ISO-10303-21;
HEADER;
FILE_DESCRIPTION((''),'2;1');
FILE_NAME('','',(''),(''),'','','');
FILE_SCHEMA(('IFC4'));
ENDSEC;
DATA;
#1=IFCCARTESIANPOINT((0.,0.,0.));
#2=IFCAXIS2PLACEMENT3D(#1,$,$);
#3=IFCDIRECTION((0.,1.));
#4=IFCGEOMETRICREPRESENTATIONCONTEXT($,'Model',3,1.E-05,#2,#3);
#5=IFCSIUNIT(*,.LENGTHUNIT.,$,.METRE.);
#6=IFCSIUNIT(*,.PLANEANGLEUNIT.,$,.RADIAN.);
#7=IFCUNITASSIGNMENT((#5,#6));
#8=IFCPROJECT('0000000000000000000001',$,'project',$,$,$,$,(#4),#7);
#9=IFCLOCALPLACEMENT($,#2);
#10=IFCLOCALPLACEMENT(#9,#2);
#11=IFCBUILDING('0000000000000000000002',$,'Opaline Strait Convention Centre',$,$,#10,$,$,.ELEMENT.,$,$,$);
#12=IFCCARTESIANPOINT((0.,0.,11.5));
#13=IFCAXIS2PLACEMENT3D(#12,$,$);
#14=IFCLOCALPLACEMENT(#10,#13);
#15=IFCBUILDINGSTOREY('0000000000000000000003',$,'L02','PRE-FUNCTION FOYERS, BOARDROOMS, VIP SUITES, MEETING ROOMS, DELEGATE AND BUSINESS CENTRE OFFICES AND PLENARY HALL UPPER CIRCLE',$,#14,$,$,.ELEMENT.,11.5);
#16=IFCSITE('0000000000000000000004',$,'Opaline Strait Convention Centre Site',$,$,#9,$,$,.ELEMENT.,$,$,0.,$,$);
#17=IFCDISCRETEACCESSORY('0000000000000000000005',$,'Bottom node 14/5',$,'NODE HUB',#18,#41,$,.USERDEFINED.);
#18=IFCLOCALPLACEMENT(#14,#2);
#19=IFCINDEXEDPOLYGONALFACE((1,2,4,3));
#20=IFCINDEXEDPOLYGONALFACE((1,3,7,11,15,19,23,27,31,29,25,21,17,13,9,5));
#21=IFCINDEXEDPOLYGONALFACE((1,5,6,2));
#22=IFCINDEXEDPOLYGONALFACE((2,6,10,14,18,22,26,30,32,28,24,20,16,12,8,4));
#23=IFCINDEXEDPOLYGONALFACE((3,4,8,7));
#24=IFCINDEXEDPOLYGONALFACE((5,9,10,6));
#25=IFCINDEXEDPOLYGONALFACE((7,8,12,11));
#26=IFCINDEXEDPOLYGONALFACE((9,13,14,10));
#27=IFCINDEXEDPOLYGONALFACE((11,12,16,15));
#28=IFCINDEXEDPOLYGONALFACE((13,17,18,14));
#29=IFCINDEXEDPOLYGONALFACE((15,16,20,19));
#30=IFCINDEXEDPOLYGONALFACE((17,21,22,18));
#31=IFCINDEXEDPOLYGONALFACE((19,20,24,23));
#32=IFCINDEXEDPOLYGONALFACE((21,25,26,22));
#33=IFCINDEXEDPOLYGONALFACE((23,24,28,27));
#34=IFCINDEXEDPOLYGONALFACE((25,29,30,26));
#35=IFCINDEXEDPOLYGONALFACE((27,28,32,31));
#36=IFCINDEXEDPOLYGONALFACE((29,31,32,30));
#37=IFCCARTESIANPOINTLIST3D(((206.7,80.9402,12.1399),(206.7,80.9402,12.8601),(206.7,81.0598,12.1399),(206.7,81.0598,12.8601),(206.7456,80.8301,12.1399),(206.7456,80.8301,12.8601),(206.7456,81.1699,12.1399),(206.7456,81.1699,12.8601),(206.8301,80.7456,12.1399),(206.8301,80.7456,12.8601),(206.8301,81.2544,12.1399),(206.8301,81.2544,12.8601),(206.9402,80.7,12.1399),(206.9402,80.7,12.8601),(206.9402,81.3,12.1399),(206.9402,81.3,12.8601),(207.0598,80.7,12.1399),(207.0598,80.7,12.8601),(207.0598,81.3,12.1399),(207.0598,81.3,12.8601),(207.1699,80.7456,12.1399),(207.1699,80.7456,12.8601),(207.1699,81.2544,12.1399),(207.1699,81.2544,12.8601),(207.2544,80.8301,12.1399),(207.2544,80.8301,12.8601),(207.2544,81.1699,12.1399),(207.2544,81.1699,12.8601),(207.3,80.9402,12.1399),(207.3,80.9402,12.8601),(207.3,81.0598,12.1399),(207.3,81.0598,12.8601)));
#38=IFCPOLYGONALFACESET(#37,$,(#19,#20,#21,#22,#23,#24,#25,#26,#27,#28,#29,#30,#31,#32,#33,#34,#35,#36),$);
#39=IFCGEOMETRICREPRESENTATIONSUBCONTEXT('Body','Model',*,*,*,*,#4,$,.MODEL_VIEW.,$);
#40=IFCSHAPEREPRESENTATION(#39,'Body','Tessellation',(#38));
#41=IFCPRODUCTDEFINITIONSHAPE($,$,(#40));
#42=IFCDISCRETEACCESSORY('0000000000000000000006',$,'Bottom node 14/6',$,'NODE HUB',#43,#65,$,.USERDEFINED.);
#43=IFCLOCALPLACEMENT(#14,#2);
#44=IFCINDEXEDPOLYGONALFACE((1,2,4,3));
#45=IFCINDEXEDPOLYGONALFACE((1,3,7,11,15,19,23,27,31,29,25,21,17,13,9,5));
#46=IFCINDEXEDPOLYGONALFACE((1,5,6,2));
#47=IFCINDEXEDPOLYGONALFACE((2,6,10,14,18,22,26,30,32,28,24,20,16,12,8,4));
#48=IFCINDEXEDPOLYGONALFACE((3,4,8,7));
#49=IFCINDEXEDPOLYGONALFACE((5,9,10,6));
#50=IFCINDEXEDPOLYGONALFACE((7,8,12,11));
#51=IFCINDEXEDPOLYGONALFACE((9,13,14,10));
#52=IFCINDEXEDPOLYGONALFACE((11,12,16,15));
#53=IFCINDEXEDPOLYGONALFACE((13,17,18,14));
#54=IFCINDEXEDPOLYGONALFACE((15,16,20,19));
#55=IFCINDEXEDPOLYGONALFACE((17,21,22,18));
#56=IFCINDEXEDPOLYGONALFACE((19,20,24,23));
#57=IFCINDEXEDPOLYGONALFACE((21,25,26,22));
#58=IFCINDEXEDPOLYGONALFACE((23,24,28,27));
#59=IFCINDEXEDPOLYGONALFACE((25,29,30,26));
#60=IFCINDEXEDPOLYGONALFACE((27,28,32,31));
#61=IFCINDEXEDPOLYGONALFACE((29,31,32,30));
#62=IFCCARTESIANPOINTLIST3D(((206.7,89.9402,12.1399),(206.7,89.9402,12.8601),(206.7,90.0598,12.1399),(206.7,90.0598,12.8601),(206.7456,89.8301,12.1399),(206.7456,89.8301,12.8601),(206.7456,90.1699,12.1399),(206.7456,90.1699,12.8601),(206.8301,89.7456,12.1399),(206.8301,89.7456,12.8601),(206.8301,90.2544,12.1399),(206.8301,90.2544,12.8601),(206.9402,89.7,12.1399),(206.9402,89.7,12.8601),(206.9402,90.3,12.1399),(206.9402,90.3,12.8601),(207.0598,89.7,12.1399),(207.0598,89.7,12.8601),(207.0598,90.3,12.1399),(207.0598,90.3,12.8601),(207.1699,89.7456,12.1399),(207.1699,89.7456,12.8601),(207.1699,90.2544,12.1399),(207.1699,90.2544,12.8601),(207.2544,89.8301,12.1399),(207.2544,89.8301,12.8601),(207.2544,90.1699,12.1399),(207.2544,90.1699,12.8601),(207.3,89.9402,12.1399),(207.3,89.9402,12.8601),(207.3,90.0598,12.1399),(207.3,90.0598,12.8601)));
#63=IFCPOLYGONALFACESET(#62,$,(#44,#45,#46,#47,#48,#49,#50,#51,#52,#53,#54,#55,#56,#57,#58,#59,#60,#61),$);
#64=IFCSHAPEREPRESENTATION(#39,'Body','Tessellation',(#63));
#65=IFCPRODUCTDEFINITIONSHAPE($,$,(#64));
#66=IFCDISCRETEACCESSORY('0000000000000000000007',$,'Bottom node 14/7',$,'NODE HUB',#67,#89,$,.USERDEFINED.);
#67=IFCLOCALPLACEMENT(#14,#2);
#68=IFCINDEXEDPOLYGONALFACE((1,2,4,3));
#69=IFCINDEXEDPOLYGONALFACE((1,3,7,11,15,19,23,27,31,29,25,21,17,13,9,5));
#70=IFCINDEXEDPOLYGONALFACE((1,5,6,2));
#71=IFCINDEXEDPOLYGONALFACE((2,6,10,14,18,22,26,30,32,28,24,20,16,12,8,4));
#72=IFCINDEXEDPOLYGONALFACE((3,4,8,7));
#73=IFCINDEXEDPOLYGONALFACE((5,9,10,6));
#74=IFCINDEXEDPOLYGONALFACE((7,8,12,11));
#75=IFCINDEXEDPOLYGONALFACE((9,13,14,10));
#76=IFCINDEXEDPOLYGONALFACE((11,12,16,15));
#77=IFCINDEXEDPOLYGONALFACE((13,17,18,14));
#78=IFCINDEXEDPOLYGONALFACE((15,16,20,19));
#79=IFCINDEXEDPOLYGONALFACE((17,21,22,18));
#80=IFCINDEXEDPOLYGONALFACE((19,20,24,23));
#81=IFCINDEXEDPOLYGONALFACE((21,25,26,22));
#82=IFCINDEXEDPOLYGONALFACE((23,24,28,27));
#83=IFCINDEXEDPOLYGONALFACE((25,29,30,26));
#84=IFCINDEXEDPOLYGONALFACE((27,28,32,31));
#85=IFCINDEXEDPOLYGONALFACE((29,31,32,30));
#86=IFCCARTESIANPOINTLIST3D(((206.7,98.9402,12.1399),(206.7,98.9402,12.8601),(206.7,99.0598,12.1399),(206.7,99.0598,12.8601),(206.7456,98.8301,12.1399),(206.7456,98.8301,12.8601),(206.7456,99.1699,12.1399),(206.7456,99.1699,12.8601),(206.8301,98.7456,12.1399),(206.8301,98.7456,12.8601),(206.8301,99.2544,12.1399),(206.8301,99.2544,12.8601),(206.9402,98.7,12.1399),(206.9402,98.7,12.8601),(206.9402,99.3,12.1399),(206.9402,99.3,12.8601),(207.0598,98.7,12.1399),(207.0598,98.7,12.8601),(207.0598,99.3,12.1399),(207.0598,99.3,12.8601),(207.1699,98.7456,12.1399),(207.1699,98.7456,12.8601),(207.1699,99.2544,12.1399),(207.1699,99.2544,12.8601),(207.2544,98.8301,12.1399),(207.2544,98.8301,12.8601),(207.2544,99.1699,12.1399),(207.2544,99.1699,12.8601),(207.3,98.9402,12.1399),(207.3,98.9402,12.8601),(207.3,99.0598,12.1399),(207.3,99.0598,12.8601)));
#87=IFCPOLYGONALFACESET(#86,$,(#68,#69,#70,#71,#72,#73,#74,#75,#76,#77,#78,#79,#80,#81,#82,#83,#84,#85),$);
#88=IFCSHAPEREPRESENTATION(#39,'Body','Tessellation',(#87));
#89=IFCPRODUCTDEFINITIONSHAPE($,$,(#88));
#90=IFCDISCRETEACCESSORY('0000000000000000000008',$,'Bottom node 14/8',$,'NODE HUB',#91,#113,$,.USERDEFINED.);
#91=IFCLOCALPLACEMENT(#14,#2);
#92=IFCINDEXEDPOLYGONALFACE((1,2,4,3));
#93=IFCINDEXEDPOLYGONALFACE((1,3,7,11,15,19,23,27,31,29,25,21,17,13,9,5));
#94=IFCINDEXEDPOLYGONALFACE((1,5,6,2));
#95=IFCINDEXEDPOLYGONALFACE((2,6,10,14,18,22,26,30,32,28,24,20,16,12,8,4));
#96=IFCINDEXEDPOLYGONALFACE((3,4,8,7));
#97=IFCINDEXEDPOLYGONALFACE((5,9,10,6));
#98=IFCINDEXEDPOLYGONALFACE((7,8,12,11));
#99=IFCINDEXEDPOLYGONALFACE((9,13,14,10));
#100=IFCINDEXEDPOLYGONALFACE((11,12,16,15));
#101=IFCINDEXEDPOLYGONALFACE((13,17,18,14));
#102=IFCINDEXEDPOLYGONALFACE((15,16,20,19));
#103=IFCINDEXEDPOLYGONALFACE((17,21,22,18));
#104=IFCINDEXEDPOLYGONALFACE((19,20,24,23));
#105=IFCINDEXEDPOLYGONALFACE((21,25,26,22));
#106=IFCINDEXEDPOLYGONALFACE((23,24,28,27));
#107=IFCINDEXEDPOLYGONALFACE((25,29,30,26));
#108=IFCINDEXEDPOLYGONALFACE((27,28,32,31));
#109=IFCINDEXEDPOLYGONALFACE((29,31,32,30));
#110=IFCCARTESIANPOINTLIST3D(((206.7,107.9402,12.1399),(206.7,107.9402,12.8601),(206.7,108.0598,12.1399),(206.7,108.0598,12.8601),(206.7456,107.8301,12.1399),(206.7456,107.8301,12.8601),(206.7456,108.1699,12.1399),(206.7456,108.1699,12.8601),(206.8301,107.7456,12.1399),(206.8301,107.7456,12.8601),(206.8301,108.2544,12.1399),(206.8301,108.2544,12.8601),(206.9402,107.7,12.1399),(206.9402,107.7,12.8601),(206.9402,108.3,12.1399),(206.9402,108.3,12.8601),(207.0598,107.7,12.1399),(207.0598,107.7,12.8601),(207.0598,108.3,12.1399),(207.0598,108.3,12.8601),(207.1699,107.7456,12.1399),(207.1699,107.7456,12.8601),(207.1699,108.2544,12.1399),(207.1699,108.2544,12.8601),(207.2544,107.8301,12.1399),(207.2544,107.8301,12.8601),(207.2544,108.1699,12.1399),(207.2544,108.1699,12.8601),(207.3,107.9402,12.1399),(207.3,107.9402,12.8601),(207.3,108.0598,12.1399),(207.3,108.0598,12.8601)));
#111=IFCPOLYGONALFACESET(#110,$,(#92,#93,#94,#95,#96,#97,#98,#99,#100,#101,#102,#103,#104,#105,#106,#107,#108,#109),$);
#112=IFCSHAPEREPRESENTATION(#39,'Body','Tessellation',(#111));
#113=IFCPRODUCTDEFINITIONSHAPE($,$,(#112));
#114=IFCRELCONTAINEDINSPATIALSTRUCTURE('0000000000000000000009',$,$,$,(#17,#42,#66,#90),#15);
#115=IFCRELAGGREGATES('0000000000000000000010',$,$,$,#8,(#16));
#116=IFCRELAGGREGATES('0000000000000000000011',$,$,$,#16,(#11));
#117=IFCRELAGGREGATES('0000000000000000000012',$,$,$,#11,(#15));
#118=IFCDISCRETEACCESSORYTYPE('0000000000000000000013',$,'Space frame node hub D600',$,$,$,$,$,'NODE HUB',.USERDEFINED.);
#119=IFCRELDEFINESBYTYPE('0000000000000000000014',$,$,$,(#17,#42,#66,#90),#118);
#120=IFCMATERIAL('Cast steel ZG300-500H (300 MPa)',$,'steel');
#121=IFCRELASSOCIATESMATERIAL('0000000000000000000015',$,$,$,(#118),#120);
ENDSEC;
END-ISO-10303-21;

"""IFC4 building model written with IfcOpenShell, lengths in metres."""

from ifc_helpers import new_model, si_unit, direction, frame, origin, place, context, subcontext, project, spatial, polyline, outline, extrude, material, type_object, element, save


model = new_model("IFC4")

# Units and contexts
model_context = context("Model", 3, precision=1e-05, world=origin(), true_north=direction((0.0, 1.0)))
body_context = subcontext(model_context, "Body", "Model", "MODEL_VIEW")
ifc_project = project(units=[si_unit("LENGTHUNIT", "METRE"), si_unit("PLANEANGLEUNIT", "RADIAN")], contexts=[model_context])

# Site, building, storey
site_placement = place(None, origin())
site = spatial("IfcSite", under=ifc_project, at=site_placement, Name="Opaline Strait Convention Centre Site", CompositionType="ELEMENT", RefElevation=0.0)
building_placement = place(site_placement, origin())
building = spatial("IfcBuilding", under=site, at=building_placement, Name="Opaline Strait Convention Centre", CompositionType="ELEMENT")
storey_placement = place(building_placement, frame((0.0, 0.0, 11.5)))
storey = spatial("IfcBuildingStorey", under=building, at=storey_placement, Name="L02", Description="PRE-FUNCTION FOYERS, BOARDROOMS, VIP SUITES, MEETING ROOMS, DELEGATE AND BUSINESS CENTRE OFFICES AND PLENARY HALL UPPER CIRCLE", CompositionType="ELEMENT", Elevation=11.5)

# Discrete accessories
ifc_material = material(Name="Cast steel ZG300-500H (300 MPa)", Category="steel")
discrete_accessory_type_1 = type_object("IfcDiscreteAccessoryType", Name="Space frame node hub D600", ElementType="NODE HUB", PredefinedType="USERDEFINED", material=ifc_material)
discrete_accessory_1_placement = place(storey_placement, frame((0.0, 0.0, 12.1399)))
element("IfcDiscreteAccessory", 1, at=discrete_accessory_1_placement, inside=storey, type_object=discrete_accessory_type_1, Name="Bottom node 14/5", ObjectType="NODE HUB", PredefinedType="USERDEFINED", context=body_context, shape_type="SweptSolid", body=[
    extrude(outline(polyline([(207.3, 81.0598), (207.2544, 81.1699), (207.1699, 81.2544), (207.0598, 81.3), (206.9402, 81.3), (206.8301, 81.2544), (206.7456, 81.1699), (206.7, 81.0598), (206.7, 80.9402), (206.7456, 80.8301), (206.8301, 80.7456), (206.9402, 80.7), (207.0598, 80.7), (207.1699, 80.7456), (207.2544, 80.8301), (207.3, 80.9402), (207.3, 81.0598)])), origin(), (0.0, 0.0, 1.0), 0.7202),
])
discrete_accessory_2_placement = place(storey_placement, frame((0.0, 0.0, 12.1399)))
element("IfcDiscreteAccessory", 2, at=discrete_accessory_2_placement, inside=storey, type_object=discrete_accessory_type_1, Name="Bottom node 14/6", ObjectType="NODE HUB", PredefinedType="USERDEFINED", context=body_context, shape_type="SweptSolid", body=[
    extrude(outline(polyline([(207.3, 90.0598), (207.2544, 90.1699), (207.1699, 90.2544), (207.0598, 90.3), (206.9402, 90.3), (206.8301, 90.2544), (206.7456, 90.1699), (206.7, 90.0598), (206.7, 89.9402), (206.7456, 89.8301), (206.8301, 89.7456), (206.9402, 89.7), (207.0598, 89.7), (207.1699, 89.7456), (207.2544, 89.8301), (207.3, 89.9402), (207.3, 90.0598)])), origin(), (0.0, 0.0, 1.0), 0.7202),
])
discrete_accessory_3_placement = place(storey_placement, frame((0.0, 0.0, 12.1399)))
element("IfcDiscreteAccessory", 3, at=discrete_accessory_3_placement, inside=storey, type_object=discrete_accessory_type_1, Name="Bottom node 14/7", ObjectType="NODE HUB", PredefinedType="USERDEFINED", context=body_context, shape_type="SweptSolid", body=[
    extrude(outline(polyline([(207.3, 99.0598), (207.2544, 99.1699), (207.1699, 99.2544), (207.0598, 99.3), (206.9402, 99.3), (206.8301, 99.2544), (206.7456, 99.1699), (206.7, 99.0598), (206.7, 98.9402), (206.7456, 98.8301), (206.8301, 98.7456), (206.9402, 98.7), (207.0598, 98.7), (207.1699, 98.7456), (207.2544, 98.8301), (207.3, 98.9402), (207.3, 99.0598)])), origin(), (0.0, 0.0, 1.0), 0.7202),
])
discrete_accessory_4_placement = place(storey_placement, frame((0.0, 0.0, 12.1399)))
element("IfcDiscreteAccessory", 4, at=discrete_accessory_4_placement, inside=storey, type_object=discrete_accessory_type_1, Name="Bottom node 14/8", ObjectType="NODE HUB", PredefinedType="USERDEFINED", context=body_context, shape_type="SweptSolid", body=[
    extrude(outline(polyline([(207.3, 108.0598), (207.2544, 108.1699), (207.1699, 108.2544), (207.0598, 108.3), (206.9402, 108.3), (206.8301, 108.2544), (206.7456, 108.1699), (206.7, 108.0598), (206.7, 107.9402), (206.7456, 107.8301), (206.8301, 107.7456), (206.9402, 107.7), (207.0598, 107.7), (207.1699, 107.7456), (207.2544, 107.8301), (207.3, 107.9402), (207.3, 108.0598)])), origin(), (0.0, 0.0, 1.0), 0.7202),
])

save(model, "model.ifc")
